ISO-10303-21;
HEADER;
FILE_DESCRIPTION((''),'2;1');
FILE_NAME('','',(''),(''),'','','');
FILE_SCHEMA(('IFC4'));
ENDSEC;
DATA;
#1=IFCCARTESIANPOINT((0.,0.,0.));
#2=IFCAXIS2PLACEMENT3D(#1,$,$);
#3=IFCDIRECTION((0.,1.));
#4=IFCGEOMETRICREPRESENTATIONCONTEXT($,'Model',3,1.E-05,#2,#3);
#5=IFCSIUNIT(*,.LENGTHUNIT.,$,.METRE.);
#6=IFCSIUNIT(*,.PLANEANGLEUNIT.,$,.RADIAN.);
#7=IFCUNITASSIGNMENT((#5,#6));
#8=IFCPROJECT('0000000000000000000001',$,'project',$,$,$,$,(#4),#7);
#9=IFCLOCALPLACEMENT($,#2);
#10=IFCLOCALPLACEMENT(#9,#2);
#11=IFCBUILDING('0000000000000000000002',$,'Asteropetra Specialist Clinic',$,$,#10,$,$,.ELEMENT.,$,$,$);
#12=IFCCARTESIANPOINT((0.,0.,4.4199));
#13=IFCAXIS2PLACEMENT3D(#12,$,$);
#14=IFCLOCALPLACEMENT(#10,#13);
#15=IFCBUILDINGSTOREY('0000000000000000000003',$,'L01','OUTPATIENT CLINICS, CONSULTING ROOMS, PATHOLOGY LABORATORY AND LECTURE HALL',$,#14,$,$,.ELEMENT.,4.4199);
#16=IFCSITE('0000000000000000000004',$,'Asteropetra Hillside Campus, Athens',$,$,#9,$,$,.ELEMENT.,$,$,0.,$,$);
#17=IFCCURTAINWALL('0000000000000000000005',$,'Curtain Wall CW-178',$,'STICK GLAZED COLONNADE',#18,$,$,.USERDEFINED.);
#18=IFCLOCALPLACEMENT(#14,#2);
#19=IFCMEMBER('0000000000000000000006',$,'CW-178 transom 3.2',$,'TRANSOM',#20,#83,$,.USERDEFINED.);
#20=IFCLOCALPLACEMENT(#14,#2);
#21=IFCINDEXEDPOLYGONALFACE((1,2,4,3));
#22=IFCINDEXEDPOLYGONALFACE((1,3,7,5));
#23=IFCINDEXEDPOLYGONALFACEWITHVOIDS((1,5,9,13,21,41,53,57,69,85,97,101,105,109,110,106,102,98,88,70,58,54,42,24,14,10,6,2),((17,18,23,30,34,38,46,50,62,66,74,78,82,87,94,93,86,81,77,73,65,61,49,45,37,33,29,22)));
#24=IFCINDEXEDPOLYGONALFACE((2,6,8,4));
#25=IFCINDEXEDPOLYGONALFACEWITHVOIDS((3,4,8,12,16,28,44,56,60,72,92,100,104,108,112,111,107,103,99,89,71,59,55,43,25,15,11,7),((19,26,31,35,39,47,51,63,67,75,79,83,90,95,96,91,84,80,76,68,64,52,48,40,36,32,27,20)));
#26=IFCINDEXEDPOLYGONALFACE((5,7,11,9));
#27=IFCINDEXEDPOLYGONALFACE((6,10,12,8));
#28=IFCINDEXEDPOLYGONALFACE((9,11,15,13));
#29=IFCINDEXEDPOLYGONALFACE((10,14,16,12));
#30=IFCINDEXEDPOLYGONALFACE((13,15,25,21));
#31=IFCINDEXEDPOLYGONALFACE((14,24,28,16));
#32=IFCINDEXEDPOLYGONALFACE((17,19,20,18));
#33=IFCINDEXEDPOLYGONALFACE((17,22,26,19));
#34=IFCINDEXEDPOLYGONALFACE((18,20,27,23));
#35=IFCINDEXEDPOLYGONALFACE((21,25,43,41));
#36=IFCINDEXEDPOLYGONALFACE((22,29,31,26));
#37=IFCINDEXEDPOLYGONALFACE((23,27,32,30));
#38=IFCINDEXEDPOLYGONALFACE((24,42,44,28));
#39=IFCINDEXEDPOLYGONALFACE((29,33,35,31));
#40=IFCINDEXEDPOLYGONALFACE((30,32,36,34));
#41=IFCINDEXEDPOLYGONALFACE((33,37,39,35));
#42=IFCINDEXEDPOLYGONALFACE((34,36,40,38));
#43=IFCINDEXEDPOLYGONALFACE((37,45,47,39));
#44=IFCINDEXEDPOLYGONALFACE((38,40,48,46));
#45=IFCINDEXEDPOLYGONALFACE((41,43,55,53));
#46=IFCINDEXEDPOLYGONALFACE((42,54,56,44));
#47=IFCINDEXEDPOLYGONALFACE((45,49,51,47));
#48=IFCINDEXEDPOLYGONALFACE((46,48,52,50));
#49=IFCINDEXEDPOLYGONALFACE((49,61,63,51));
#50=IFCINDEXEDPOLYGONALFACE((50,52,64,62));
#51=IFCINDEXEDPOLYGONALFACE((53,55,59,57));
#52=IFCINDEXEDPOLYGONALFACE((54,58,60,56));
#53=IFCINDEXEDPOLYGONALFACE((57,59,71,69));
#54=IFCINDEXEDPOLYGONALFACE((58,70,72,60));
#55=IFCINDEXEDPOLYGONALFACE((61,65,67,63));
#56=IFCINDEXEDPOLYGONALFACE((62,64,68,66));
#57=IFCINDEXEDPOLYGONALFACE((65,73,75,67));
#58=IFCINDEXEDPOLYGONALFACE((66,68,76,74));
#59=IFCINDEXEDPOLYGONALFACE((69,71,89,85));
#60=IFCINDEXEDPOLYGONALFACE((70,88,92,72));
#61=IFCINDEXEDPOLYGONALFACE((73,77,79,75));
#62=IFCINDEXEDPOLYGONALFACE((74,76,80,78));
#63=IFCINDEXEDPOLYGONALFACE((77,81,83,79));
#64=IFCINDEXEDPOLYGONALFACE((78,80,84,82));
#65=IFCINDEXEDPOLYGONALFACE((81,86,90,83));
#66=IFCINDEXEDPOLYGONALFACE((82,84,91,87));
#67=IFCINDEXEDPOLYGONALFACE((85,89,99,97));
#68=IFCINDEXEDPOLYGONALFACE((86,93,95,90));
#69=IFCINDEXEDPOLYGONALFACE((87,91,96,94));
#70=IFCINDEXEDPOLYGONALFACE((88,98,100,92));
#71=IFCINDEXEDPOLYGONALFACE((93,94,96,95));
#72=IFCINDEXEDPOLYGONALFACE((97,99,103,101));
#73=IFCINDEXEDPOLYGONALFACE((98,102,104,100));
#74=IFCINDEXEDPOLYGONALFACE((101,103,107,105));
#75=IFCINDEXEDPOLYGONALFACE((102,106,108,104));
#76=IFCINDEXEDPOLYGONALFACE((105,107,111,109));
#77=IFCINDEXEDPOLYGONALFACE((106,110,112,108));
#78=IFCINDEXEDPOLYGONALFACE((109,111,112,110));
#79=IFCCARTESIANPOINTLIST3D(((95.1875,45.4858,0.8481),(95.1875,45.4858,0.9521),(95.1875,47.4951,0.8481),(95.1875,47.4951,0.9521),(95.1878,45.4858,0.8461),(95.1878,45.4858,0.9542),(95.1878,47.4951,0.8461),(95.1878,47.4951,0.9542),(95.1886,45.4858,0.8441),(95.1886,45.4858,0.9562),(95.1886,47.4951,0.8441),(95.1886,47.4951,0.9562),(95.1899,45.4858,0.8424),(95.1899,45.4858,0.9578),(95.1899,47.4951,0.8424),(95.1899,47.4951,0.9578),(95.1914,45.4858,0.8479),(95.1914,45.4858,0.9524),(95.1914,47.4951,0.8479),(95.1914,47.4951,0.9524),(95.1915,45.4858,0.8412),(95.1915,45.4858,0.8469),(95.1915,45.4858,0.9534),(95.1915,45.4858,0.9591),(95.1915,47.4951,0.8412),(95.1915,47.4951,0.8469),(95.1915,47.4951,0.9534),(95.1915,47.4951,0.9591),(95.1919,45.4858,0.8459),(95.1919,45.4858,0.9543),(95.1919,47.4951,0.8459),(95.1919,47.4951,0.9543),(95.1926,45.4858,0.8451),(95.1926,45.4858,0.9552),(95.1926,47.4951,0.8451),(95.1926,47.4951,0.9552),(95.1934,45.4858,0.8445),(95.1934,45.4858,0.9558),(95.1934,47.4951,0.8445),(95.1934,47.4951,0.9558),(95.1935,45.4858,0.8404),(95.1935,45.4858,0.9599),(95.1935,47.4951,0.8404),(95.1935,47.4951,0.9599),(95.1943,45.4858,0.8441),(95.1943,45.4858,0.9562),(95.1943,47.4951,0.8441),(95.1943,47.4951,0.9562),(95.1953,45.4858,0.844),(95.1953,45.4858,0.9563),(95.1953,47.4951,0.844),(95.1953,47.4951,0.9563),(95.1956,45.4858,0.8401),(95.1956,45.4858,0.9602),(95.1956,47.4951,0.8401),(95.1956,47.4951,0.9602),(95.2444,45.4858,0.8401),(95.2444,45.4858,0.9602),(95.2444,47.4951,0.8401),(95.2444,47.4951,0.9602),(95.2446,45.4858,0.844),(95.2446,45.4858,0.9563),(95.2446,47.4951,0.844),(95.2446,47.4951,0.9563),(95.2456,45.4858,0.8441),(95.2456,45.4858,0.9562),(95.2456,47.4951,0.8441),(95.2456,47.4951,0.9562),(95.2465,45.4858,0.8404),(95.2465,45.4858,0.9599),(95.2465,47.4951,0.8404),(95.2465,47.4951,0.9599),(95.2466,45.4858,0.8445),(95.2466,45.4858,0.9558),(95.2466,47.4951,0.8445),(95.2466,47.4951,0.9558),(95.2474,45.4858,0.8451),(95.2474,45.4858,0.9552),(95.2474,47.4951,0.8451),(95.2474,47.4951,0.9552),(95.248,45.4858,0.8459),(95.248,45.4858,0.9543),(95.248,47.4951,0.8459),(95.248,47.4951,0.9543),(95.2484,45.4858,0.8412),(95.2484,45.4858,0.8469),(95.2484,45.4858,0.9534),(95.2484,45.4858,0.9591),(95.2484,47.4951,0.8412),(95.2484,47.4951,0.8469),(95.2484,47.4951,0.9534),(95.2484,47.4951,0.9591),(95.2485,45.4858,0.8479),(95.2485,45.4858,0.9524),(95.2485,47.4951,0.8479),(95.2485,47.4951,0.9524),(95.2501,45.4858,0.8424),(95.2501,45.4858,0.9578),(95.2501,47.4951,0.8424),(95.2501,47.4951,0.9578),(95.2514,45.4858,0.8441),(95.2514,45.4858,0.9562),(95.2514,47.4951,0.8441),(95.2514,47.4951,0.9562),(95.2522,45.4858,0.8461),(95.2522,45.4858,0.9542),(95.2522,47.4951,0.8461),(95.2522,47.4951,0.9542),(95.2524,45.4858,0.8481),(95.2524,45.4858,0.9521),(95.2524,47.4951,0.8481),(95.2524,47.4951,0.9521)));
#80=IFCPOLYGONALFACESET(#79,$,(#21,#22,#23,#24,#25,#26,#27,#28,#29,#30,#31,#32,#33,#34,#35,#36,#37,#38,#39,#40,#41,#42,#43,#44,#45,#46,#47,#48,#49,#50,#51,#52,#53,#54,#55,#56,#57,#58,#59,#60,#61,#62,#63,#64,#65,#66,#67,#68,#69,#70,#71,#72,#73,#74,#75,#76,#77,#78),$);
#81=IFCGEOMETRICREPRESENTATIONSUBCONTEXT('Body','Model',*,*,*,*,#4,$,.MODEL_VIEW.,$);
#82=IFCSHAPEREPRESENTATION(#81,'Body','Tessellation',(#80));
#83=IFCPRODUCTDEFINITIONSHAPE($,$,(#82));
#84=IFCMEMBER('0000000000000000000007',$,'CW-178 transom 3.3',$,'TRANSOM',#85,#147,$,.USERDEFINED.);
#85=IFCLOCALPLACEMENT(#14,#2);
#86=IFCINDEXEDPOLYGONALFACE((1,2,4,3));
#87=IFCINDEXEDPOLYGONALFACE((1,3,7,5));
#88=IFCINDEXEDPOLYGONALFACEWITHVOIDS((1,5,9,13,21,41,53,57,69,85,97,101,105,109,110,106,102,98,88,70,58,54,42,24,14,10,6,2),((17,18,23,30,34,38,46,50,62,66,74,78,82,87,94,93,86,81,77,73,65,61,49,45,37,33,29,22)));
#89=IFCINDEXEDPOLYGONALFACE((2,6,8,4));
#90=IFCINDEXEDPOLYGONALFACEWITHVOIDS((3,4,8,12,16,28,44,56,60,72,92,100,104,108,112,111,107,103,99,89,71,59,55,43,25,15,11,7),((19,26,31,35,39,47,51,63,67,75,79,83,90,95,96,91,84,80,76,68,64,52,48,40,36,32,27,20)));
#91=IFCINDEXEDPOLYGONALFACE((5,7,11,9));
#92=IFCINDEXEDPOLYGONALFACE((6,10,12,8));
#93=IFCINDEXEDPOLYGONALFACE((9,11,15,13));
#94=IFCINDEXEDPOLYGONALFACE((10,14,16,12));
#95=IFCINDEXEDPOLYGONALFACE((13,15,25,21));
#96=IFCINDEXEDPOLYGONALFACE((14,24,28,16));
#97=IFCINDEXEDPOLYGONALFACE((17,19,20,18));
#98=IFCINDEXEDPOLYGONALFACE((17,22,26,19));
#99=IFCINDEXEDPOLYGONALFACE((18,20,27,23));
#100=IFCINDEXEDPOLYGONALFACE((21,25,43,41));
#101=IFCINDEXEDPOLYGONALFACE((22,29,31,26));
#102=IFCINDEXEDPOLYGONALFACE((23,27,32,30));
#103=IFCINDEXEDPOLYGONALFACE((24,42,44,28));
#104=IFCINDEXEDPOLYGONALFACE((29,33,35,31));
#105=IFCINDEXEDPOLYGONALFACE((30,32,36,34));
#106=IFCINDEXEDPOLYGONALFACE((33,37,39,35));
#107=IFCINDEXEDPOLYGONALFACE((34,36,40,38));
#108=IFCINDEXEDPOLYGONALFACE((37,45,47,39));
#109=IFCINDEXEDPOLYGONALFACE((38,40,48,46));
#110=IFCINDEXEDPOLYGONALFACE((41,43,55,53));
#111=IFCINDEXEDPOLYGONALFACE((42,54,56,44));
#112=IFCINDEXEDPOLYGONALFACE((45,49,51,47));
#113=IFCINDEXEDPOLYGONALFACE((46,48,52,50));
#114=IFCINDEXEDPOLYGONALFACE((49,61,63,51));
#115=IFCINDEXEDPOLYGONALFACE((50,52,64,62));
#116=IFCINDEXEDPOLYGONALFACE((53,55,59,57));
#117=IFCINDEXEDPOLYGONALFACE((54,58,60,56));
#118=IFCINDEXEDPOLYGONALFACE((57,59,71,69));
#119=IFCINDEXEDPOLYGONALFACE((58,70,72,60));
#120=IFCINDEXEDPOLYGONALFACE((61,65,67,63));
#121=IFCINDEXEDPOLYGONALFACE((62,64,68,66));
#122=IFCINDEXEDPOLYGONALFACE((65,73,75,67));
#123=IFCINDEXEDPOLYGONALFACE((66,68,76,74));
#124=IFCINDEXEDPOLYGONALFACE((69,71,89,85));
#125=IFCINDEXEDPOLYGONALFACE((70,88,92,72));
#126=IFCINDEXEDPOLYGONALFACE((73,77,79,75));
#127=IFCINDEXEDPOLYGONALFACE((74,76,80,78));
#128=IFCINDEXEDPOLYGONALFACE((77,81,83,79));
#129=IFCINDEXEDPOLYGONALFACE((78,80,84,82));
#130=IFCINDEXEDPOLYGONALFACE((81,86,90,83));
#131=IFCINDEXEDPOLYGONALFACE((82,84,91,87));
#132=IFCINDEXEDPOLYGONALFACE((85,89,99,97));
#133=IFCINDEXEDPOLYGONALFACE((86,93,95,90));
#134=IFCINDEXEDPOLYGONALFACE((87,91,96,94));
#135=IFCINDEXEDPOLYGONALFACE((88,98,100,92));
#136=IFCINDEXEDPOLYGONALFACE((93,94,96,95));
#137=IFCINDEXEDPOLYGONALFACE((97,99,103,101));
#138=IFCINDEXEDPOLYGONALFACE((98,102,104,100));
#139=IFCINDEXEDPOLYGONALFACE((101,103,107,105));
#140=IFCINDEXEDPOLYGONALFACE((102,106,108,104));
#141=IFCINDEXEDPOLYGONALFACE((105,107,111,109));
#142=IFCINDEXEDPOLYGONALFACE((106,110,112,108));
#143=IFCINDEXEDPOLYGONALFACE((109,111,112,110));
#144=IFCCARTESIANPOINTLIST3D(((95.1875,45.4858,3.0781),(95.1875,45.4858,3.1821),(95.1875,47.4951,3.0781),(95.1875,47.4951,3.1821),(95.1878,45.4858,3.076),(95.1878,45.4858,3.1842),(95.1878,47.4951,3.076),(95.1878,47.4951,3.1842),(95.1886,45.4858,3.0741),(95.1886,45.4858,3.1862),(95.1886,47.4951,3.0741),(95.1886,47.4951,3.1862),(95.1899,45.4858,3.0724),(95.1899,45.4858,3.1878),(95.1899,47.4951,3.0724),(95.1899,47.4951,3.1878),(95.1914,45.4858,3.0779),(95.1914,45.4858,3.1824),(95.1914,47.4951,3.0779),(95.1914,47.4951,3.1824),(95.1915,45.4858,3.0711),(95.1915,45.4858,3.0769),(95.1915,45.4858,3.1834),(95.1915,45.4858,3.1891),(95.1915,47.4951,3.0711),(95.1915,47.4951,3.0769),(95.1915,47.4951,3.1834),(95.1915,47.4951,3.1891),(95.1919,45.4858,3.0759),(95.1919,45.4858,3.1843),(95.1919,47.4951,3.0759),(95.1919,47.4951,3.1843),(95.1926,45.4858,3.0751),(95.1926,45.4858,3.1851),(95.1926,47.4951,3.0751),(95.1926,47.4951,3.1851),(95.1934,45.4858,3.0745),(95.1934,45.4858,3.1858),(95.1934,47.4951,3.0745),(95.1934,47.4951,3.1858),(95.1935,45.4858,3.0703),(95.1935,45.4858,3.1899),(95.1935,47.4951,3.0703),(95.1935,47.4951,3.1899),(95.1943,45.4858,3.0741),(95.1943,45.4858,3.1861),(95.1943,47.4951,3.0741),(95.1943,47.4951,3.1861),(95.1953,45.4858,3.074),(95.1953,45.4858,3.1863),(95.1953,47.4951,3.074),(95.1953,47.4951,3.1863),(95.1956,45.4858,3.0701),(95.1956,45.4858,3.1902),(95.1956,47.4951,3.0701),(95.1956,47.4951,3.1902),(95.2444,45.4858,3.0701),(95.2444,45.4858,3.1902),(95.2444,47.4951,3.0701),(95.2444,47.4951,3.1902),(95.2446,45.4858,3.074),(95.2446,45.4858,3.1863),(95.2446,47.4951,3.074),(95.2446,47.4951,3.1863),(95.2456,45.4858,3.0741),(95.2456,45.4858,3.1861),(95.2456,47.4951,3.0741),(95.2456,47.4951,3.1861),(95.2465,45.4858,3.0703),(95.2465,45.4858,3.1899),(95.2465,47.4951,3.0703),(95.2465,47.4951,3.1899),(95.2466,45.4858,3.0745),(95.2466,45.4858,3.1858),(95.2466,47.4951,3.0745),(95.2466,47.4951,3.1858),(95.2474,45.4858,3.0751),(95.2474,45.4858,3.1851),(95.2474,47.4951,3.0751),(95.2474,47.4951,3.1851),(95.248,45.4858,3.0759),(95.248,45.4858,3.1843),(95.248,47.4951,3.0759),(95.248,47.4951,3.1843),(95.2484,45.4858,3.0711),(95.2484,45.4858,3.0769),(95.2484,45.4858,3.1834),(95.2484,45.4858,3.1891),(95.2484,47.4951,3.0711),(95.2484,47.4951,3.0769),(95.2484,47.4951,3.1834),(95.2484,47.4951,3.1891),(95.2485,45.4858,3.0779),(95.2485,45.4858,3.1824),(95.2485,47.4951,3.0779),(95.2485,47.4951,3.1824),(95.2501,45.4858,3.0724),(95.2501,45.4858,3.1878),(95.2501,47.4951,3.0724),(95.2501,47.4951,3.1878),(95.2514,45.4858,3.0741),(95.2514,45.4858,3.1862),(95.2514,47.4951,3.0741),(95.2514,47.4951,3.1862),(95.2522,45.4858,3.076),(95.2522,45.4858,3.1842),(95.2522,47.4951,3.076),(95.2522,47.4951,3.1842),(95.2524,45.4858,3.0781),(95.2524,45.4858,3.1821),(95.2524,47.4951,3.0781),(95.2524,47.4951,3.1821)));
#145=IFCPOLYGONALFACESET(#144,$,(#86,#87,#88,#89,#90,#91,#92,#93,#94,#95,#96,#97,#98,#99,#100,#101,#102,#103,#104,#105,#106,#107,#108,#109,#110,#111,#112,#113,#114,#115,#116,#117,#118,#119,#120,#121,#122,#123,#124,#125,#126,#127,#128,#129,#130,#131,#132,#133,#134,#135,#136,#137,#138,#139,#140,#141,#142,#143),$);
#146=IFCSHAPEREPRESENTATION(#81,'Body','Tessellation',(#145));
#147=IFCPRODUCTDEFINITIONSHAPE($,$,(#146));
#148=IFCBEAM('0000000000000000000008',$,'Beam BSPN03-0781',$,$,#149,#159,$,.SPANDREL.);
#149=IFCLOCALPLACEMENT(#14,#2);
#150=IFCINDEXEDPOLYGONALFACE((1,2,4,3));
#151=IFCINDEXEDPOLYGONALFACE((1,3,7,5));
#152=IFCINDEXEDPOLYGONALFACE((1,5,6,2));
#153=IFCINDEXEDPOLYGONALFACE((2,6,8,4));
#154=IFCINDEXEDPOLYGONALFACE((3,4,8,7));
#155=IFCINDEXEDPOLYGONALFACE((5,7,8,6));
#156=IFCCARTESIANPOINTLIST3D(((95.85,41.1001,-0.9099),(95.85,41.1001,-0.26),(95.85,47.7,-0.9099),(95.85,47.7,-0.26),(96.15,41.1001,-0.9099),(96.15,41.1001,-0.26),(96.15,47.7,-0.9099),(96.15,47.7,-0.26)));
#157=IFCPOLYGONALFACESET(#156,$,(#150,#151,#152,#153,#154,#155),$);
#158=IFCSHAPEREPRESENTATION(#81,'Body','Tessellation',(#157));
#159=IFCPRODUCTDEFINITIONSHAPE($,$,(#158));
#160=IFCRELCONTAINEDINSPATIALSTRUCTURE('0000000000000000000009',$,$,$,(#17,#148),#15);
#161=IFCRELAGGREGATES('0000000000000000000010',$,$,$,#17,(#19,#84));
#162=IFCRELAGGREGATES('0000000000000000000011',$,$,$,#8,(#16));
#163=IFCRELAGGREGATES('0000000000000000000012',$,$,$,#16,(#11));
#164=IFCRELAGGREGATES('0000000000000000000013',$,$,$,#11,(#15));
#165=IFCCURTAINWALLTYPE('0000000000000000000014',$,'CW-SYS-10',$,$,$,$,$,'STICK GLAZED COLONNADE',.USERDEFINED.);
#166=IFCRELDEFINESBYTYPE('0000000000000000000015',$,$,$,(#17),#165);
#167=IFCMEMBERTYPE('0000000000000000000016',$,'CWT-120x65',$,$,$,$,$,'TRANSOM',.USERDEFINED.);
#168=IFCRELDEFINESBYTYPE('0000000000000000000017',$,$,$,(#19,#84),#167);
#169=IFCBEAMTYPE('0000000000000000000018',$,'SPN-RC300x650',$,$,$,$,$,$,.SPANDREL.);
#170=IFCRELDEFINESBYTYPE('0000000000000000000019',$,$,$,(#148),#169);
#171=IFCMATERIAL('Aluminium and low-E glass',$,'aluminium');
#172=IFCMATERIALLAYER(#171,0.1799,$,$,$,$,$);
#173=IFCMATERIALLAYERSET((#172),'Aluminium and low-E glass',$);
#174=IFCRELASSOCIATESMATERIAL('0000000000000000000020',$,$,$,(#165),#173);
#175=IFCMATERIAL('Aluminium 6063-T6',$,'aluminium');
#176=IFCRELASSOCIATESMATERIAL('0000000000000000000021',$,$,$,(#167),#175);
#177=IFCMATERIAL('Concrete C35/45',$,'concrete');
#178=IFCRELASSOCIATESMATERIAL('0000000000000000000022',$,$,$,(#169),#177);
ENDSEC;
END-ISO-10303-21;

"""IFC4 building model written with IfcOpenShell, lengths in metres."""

from ifc_helpers import new_model, si_unit, direction, frame, origin, origin_2d, place, context, subcontext, project, spatial, rectangle, hollow_rectangle, extrude, material, layer, layer_set, material_profile, profile_set, type_object, element, aggregate, save


model = new_model("IFC4")

# Units and contexts
model_context = context("Model", 3, precision=1e-05, world=origin(), true_north=direction((0.0, 1.0)))
body_context = subcontext(model_context, "Body", "Model", "MODEL_VIEW")
ifc_project = project(units=[si_unit("LENGTHUNIT", "METRE"), si_unit("PLANEANGLEUNIT", "RADIAN")], contexts=[model_context])

# Site, building, storey
site_placement = place(None, origin())
site = spatial("IfcSite", under=ifc_project, at=site_placement, Name="Asteropetra Hillside Campus, Athens", CompositionType="ELEMENT", RefElevation=0.0)
building_placement = place(site_placement, origin())
building = spatial("IfcBuilding", under=site, at=building_placement, Name="Asteropetra Specialist Clinic", CompositionType="ELEMENT")
storey_placement = place(building_placement, frame((0.0, 0.0, 4.4199)))
storey = spatial("IfcBuildingStorey", under=building, at=storey_placement, Name="L01", Description="OUTPATIENT CLINICS, CONSULTING ROOMS, PATHOLOGY LABORATORY AND LECTURE HALL", CompositionType="ELEMENT", Elevation=4.4199)

# Curtain wall, members
ifc_material_1 = material(Name="Aluminium and low-E glass", Category="aluminium")
ifc_layer_1 = layer(ifc_material_1, 0.1799)
ifc_layer_set_1 = layer_set([ifc_layer_1], Name="Aluminium and low-E glass")
curtain_wall_type = type_object("IfcCurtainWallType", Name="CW-SYS-10", ElementType="STICK GLAZED COLONNADE", PredefinedType="USERDEFINED", material=ifc_layer_set_1)
curtain_wall_placement = place(storey_placement, origin())
curtain_wall = element("IfcCurtainWall", 1, at=curtain_wall_placement, inside=storey, type_object=curtain_wall_type, Name="Curtain Wall CW-178", ObjectType="STICK GLAZED COLONNADE", PredefinedType="USERDEFINED")
ifc_material_2 = material(Name="Aluminium 6063-T6", Category="aluminium")
ifc_material_profile_1 = material_profile(ifc_material_2, hollow_rectangle(XDim=0.0649, YDim=0.1201, WallThickness=0.0039, InnerFilletRadius=0.0039, OuterFilletRadius=0.0081, at=origin_2d()), Name="TRN 120x65x4.0")
ifc_profile_set_1 = profile_set([ifc_material_profile_1], Name="Aluminium 6063-T6")
member_type_1 = type_object("IfcMemberType", Name="CWT-120x65", ElementType="TRANSOM", PredefinedType="USERDEFINED", material=ifc_profile_set_1)
member_1_placement = place(storey_placement, frame((95.22, 45.4858, 0.9001), z_axis=(0.0, 1.0, 0.0), x_axis=(-1.0, 0.0, 0.0)))
member_1 = element("IfcMember", 2, at=member_1_placement, type_object=member_type_1, Name="CW-178 transom 3.2", ObjectType="TRANSOM", PredefinedType="USERDEFINED", context=body_context, shape_type="SweptSolid", body=[
    extrude(hollow_rectangle(XDim=0.0649, YDim=0.1201, WallThickness=0.0039, InnerFilletRadius=0.0039, OuterFilletRadius=0.0081, at=origin_2d()), origin(), (0.0, 0.0, 1.0), 2.0093),
])
member_2_placement = place(storey_placement, frame((95.22, 45.4858, 3.1301), z_axis=(0.0, 1.0, 0.0), x_axis=(-1.0, 0.0, 0.0)))
member_2 = element("IfcMember", 3, at=member_2_placement, type_object=member_type_1, Name="CW-178 transom 3.3", ObjectType="TRANSOM", PredefinedType="USERDEFINED", context=body_context, shape_type="SweptSolid", body=[
    extrude(hollow_rectangle(XDim=0.0649, YDim=0.1201, WallThickness=0.0039, InnerFilletRadius=0.0039, OuterFilletRadius=0.0081, at=origin_2d()), origin(), (0.0, 0.0, 1.0), 2.0093),
])

# Beam
ifc_material_3 = material(Name="Concrete C35/45", Category="concrete")
ifc_material_profile_2 = material_profile(ifc_material_3, rectangle(XDim=0.3, YDim=0.6499, at=origin_2d()), Name="RCS 300x650")
ifc_profile_set_2 = profile_set([ifc_material_profile_2], Name="Concrete C35/45")
beam_type = type_object("IfcBeamType", Name="SPN-RC300x650", PredefinedType="SPANDREL", material=ifc_profile_set_2)
beam_placement = place(storey_placement, frame((96.0, 41.1001, -0.585), z_axis=(0.0, 1.0, 0.0), x_axis=(-1.0, 0.0, 0.0)))
element("IfcBeam", 4, at=beam_placement, inside=storey, type_object=beam_type, Name="Beam BSPN03-0781", PredefinedType="SPANDREL", context=body_context, shape_type="SweptSolid", body=[
    extrude(rectangle(XDim=0.3, YDim=0.6499, at=origin_2d()), origin(), (0.0, 0.0, 1.0), 6.5999),
])

aggregate(curtain_wall, [member_1, member_2])

save(model, "model.ifc")
